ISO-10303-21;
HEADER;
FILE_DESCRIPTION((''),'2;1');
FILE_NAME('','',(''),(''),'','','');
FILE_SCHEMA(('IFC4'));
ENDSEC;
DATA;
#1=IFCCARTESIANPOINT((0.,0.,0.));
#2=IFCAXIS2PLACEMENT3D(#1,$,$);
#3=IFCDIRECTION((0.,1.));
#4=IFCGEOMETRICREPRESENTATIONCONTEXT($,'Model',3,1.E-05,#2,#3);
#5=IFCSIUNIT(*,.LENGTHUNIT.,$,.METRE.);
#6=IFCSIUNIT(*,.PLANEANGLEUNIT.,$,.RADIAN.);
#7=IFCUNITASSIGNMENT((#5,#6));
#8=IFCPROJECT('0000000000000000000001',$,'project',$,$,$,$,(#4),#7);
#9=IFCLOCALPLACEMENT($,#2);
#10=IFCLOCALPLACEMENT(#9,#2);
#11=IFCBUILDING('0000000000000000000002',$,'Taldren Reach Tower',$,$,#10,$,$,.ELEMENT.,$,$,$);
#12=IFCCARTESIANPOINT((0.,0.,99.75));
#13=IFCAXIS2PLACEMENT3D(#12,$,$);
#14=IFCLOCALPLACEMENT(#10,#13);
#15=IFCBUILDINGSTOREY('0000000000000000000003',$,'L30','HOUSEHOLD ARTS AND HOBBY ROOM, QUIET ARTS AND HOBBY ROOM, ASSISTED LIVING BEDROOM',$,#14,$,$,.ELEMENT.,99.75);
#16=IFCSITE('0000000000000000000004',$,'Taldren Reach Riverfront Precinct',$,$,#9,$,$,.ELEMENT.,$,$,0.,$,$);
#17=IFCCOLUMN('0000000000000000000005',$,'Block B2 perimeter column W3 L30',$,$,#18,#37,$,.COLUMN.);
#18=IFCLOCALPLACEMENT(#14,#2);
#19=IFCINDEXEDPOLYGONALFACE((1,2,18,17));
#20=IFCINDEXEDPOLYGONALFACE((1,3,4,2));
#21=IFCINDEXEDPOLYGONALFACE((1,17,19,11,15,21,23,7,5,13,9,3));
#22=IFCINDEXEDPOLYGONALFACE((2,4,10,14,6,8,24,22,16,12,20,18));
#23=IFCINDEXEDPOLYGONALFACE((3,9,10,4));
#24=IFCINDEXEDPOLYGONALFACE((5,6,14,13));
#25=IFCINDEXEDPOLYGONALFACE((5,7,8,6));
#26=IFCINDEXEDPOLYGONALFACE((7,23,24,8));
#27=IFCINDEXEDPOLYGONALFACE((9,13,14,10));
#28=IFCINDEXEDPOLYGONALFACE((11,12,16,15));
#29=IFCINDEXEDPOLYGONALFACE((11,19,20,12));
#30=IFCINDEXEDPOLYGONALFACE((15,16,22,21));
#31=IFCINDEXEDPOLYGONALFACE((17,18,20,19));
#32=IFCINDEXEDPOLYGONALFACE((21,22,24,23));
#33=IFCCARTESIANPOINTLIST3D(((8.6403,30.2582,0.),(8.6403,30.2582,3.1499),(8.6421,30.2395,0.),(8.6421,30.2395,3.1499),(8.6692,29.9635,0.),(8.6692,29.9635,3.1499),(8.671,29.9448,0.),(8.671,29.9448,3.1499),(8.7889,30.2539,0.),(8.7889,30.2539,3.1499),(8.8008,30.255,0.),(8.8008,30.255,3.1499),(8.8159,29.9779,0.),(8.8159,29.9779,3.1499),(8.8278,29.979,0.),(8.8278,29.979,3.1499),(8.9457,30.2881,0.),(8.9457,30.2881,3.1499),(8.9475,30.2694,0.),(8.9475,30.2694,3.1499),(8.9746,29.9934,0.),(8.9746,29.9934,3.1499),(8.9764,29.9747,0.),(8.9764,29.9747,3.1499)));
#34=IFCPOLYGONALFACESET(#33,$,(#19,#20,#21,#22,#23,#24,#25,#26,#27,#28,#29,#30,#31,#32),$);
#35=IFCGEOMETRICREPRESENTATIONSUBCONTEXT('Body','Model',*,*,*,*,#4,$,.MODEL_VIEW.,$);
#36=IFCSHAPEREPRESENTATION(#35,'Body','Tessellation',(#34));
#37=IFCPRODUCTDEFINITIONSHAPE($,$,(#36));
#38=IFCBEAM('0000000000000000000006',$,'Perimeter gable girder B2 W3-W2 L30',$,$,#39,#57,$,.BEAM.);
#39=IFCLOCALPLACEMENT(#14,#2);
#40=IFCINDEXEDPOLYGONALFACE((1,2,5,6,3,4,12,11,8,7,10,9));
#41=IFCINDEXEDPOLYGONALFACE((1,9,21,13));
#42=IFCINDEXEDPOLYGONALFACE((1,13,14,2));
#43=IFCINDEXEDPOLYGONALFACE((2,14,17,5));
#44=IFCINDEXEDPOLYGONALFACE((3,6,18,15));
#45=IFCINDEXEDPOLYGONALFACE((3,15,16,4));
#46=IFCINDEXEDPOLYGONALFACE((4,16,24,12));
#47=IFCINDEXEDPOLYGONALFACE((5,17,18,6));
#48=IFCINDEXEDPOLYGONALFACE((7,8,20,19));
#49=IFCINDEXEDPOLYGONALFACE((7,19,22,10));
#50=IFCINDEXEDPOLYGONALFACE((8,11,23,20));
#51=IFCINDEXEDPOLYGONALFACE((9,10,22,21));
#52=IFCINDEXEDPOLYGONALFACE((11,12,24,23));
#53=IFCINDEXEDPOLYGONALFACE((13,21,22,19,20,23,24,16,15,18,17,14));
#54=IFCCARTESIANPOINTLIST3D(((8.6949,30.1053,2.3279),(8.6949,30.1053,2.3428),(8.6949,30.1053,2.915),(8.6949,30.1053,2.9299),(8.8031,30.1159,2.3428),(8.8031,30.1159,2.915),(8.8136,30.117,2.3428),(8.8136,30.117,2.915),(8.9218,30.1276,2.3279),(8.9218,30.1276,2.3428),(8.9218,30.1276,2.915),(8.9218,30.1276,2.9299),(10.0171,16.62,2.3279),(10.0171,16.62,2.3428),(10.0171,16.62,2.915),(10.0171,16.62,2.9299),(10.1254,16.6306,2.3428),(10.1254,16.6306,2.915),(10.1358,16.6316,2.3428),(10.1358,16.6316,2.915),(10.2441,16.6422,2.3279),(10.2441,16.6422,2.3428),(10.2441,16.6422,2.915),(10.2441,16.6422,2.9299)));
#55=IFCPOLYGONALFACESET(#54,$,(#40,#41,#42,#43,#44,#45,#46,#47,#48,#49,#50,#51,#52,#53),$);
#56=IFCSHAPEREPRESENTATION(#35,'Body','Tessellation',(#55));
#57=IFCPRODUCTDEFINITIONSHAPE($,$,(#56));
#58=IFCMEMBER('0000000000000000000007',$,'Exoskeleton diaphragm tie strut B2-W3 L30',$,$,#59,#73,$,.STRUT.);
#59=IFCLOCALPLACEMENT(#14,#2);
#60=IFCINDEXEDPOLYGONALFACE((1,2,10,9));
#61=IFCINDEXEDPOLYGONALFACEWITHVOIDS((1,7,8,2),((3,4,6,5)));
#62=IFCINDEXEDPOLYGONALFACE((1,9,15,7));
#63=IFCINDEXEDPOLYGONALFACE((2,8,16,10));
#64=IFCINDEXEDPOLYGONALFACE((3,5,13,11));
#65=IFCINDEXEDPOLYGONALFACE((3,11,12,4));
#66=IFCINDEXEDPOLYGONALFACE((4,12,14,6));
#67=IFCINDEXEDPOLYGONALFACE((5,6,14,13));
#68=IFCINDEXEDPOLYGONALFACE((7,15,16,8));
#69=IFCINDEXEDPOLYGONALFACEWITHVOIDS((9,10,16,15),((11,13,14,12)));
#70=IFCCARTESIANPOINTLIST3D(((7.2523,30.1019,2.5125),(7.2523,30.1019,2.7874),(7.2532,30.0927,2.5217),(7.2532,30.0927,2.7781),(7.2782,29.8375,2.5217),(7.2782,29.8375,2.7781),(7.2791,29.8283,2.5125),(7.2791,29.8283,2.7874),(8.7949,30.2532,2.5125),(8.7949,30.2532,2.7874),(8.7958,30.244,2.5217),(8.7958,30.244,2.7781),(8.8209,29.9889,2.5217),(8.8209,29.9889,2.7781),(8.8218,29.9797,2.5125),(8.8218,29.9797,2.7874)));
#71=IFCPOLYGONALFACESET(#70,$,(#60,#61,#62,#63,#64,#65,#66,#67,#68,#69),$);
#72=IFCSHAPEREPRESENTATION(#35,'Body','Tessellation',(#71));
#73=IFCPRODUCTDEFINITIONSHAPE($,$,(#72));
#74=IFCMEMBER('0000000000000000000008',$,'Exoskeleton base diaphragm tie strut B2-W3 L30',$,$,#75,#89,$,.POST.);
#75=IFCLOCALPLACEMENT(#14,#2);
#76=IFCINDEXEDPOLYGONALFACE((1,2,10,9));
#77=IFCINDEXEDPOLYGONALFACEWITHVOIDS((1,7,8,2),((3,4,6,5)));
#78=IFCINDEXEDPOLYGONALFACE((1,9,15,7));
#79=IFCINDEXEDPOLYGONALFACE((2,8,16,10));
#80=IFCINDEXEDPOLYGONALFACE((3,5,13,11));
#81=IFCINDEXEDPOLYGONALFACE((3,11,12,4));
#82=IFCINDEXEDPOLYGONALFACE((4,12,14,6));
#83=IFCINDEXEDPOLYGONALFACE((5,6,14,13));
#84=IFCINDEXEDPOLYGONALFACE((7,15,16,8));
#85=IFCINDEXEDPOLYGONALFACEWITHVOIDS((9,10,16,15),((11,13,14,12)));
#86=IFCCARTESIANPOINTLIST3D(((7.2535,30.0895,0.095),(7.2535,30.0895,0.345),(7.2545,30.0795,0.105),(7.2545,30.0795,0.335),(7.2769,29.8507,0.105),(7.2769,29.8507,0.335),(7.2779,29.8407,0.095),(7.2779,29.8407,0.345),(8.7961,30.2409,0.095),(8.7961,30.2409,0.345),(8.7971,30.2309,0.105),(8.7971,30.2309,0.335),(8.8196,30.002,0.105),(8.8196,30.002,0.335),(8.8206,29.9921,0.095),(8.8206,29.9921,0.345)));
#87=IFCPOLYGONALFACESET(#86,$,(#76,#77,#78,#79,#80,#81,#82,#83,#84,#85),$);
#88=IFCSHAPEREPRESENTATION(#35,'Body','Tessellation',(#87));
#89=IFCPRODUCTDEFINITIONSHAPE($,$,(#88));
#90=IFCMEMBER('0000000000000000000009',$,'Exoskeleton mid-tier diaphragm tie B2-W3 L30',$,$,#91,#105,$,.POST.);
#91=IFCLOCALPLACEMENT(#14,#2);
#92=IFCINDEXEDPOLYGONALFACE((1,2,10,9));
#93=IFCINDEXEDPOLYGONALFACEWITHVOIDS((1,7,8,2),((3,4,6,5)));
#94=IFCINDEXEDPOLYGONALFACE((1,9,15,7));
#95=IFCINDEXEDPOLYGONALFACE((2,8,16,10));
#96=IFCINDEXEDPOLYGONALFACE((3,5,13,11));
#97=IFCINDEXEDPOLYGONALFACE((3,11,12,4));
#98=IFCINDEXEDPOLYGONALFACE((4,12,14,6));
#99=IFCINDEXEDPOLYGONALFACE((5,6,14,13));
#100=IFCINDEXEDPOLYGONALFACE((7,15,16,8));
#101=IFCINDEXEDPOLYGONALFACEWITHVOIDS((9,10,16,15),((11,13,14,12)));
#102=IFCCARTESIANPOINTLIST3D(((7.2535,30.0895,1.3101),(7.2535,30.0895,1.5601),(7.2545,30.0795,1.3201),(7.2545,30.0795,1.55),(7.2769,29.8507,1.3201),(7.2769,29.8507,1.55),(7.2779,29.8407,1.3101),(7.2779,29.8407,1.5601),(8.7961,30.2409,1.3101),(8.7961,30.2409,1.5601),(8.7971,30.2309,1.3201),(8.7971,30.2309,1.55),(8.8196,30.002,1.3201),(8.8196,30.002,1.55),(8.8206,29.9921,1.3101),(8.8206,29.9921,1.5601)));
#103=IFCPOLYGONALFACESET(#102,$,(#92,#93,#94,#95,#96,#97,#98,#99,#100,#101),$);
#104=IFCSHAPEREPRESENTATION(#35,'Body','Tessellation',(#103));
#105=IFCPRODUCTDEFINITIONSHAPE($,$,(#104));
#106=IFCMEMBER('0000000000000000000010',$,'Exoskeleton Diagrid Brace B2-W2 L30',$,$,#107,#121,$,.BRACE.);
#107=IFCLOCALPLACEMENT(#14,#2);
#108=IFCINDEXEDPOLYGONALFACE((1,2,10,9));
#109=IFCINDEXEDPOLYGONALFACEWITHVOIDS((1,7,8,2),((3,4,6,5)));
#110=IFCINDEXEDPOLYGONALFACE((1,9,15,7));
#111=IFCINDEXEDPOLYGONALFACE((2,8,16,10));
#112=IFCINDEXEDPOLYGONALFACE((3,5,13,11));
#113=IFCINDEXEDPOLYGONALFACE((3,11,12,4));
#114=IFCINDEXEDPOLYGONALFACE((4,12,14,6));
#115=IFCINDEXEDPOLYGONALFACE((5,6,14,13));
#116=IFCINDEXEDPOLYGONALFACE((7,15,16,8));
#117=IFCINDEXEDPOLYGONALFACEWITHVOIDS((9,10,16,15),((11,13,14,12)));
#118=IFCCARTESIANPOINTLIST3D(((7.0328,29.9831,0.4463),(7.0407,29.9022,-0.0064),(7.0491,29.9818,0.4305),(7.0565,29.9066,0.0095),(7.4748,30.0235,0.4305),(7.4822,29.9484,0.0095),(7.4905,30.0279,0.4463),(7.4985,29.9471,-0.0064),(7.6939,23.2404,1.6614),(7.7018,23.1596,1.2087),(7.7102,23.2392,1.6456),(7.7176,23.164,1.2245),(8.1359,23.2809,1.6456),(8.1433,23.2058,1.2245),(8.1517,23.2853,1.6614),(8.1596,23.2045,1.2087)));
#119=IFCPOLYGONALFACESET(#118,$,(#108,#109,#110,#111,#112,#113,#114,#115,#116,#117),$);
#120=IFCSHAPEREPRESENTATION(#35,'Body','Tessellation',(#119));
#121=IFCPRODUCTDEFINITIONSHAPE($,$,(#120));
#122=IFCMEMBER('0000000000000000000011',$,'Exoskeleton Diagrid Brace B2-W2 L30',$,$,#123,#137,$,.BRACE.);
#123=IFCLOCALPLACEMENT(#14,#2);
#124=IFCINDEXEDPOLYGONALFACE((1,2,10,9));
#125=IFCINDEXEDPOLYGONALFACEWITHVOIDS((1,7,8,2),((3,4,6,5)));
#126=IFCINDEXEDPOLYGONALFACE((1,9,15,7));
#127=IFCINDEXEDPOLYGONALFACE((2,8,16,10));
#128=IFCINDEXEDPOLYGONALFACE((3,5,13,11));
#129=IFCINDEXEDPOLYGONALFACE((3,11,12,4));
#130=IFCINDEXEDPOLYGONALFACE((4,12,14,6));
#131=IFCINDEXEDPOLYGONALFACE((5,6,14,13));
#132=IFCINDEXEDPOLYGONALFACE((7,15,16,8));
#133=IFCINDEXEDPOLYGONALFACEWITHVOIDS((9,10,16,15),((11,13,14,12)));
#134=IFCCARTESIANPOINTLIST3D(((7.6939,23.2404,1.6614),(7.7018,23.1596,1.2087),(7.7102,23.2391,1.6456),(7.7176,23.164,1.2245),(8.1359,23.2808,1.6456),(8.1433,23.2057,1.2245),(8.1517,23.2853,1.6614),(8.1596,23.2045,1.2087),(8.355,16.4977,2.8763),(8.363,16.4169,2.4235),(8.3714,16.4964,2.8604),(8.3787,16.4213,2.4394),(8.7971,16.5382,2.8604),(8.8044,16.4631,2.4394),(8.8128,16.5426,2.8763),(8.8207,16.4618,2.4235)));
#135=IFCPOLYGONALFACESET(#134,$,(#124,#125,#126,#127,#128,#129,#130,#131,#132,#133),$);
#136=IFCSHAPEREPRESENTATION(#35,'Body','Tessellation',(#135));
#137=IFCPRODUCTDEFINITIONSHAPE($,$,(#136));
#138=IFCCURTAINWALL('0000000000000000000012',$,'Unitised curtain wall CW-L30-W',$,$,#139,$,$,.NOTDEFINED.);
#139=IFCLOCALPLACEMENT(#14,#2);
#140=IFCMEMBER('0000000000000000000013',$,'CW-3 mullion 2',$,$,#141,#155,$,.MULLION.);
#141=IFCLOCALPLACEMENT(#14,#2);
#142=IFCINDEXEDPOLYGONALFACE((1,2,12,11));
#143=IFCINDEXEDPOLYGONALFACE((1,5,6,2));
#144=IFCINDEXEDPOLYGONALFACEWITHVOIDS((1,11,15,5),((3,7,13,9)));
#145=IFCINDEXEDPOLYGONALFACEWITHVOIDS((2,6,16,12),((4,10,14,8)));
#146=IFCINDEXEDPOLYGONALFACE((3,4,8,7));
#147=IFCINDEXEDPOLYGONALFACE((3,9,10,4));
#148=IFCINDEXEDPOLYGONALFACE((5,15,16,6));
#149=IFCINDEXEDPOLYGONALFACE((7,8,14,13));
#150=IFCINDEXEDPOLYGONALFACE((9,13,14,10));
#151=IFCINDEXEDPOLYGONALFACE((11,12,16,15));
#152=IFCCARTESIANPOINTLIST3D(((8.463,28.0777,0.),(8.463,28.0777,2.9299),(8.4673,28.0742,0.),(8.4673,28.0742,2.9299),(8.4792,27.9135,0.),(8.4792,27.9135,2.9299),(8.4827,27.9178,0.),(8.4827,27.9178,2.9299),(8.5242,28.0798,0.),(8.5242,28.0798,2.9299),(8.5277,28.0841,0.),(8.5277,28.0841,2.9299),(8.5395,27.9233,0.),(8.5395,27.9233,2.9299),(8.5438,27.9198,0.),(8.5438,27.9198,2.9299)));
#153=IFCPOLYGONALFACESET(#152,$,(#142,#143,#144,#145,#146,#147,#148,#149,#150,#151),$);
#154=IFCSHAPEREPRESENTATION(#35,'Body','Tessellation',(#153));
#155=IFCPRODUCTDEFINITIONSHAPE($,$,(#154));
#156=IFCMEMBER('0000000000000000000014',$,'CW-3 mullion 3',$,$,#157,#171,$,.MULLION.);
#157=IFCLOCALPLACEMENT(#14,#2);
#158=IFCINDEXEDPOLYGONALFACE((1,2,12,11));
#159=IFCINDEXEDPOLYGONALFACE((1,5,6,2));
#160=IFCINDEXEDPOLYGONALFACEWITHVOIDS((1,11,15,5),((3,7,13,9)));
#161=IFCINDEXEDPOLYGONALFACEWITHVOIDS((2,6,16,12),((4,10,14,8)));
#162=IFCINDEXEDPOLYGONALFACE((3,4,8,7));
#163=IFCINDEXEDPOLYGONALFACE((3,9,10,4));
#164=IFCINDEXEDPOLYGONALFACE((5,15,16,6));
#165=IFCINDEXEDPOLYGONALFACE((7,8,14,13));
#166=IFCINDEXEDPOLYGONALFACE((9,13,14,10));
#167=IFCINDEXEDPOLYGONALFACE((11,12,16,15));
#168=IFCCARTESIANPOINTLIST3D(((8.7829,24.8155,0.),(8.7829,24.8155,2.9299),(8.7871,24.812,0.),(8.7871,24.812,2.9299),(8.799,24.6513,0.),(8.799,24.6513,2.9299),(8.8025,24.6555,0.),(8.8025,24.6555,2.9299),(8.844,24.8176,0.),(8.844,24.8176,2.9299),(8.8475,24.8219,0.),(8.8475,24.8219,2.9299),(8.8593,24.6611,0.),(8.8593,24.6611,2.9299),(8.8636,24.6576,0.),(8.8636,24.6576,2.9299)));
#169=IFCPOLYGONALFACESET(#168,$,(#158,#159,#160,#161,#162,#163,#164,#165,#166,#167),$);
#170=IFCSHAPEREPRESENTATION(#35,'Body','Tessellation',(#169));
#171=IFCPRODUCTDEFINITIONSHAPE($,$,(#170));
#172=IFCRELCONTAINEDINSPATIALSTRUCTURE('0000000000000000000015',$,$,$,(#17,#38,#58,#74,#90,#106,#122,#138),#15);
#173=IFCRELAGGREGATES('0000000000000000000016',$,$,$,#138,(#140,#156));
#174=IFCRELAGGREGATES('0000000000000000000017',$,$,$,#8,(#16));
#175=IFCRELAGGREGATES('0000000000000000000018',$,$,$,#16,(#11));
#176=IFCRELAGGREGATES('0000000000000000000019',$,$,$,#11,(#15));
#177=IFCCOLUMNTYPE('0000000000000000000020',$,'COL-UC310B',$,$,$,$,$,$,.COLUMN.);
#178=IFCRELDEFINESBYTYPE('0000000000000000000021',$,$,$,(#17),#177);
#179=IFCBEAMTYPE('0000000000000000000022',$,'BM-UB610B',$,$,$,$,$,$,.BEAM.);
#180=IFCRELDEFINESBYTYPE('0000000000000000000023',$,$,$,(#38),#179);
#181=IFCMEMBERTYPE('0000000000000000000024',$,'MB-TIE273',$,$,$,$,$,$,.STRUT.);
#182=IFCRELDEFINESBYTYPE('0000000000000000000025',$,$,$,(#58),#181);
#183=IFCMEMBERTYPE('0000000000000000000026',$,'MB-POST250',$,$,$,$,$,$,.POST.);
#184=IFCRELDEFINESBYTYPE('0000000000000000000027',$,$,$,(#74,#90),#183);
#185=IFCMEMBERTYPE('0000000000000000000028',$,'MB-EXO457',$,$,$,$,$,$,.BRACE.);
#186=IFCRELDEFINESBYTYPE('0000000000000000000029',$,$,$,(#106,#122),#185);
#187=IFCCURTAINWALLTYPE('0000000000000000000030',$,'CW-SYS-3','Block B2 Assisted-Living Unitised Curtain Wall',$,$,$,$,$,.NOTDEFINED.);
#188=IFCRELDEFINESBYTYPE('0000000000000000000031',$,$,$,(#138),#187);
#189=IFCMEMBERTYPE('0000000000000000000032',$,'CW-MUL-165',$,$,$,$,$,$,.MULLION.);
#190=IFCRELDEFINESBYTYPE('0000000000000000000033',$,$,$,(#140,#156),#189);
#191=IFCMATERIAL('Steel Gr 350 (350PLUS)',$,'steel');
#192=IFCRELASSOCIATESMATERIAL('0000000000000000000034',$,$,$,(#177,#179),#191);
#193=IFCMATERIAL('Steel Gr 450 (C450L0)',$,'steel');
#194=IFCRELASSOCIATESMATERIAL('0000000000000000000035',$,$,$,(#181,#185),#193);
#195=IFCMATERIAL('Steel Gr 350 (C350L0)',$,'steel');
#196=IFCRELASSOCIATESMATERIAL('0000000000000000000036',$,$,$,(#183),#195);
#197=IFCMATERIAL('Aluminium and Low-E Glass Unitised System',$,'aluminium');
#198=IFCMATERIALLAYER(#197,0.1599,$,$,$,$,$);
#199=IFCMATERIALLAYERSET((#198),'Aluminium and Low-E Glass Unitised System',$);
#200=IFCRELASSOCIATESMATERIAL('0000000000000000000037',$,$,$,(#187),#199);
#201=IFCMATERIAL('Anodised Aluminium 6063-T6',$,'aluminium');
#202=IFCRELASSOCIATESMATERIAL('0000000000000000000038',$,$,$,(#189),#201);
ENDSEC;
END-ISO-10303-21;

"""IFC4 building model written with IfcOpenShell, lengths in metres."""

from ifc_helpers import new_model, si_unit, direction, frame, origin, origin_2d, place, context, subcontext, project, spatial, hollow_rectangle, i_section, extrude, source, transform, mapped, material, layer, layer_set, material_profile, profile_set, type_object, element, aggregate, save


model = new_model("IFC4")

# Units and contexts
model_context = context("Model", 3, precision=1e-05, world=origin(), true_north=direction((0.0, 1.0)))
body_context = subcontext(model_context, "Body", "Model", "MODEL_VIEW")
ifc_project = project(units=[si_unit("LENGTHUNIT", "METRE"), si_unit("PLANEANGLEUNIT", "RADIAN")], contexts=[model_context])

# Site, building, storey
site_placement = place(None, origin())
site = spatial("IfcSite", under=ifc_project, at=site_placement, Name="Taldren Reach Riverfront Precinct", CompositionType="ELEMENT", RefElevation=0.0)
building_placement = place(site_placement, origin())
building = spatial("IfcBuilding", under=site, at=building_placement, Name="Taldren Reach Tower", CompositionType="ELEMENT")
storey_placement = place(building_placement, frame((0.0, 0.0, 99.75)))
storey = spatial("IfcBuildingStorey", under=building, at=storey_placement, Name="L30", Description="HOUSEHOLD ARTS AND HOBBY ROOM, QUIET ARTS AND HOBBY ROOM, ASSISTED LIVING BEDROOM", CompositionType="ELEMENT", Elevation=99.75)

# Column
ifc_material_1 = material(Name="Steel Gr 350 (350PLUS)", Category="steel")
ifc_material_profile_1 = material_profile(ifc_material_1, i_section(OverallWidth=0.3069, OverallDepth=0.3149, WebThickness=0.012, FlangeThickness=0.0188, at=origin_2d()), Name="310UC118")
ifc_profile_set_1 = profile_set([ifc_material_profile_1], Name="Steel Gr 350 (350PLUS)")
column_type = type_object("IfcColumnType", Name="COL-UC310B", PredefinedType="COLUMN", material=ifc_profile_set_1)
shared_shape_1 = source(origin(), body_context, "Body", "SweptSolid", [
    extrude(i_section(OverallWidth=0.3069, OverallDepth=0.3149, WebThickness=0.012, FlangeThickness=0.0188, at=origin_2d()), origin(), (0.0, 0.0, 1.0), 3.1499),
])
column_placement = place(storey_placement, frame((8.8083, 30.1165, 0.0), z_axis=(0.0, 0.0, 1.0), x_axis=(0.995227, 0.097583, 0.0)))
element("IfcColumn", 1, at=column_placement, inside=storey, type_object=column_type, Name="Block B2 perimeter column W3 L30", PredefinedType="COLUMN", context=body_context, shape_type="MappedRepresentation", body=[
    mapped(shared_shape_1, transform((0.0, 0.0, 0.0), scale=1.0)),
])

# Beam
ifc_material_profile_2 = material_profile(ifc_material_1, i_section(OverallWidth=0.228, OverallDepth=0.6021, WebThickness=0.0105, FlangeThickness=0.0149, at=origin_2d()), Name="610UB101")
ifc_profile_set_2 = profile_set([ifc_material_profile_2], Name="Steel Gr 350 (350PLUS)")
beam_type = type_object("IfcBeamType", Name="BM-UB610B", PredefinedType="BEAM", material=ifc_profile_set_2)
shared_shape_2 = source(origin(), body_context, "Body", "SweptSolid", [
    extrude(i_section(OverallWidth=0.228, OverallDepth=0.6021, WebThickness=0.0105, FlangeThickness=0.0149, at=origin_2d()), origin(), (0.0, 0.0, 1.0), 13.55),
])
beam_placement = place(storey_placement, frame((8.8083, 30.1165, 2.6289), z_axis=(0.097584, -0.995227, 0.0), x_axis=(0.995227, 0.097584, 0.0)))
element("IfcBeam", 2, at=beam_placement, inside=storey, type_object=beam_type, Name="Perimeter gable girder B2 W3-W2 L30", PredefinedType="BEAM", context=body_context, shape_type="MappedRepresentation", body=[
    mapped(shared_shape_2, transform((0.0, 0.0, 0.0), scale=1.0)),
])

# Members
ifc_material_2 = material(Name="Steel Gr 450 (C450L0)", Category="steel")
ifc_material_profile_3 = material_profile(ifc_material_2, hollow_rectangle(XDim=0.2749, YDim=0.2749, WallThickness=0.0093, at=origin_2d()), Name="275x275x9.3SHS")
ifc_profile_set_3 = profile_set([ifc_material_profile_3], Name="Steel Gr 450 (C450L0)")
member_type_1 = type_object("IfcMemberType", Name="MB-TIE273", PredefinedType="STRUT", material=ifc_profile_set_3)
shared_shape_3 = source(origin(), body_context, "Body", "SweptSolid", [
    extrude(hollow_rectangle(XDim=0.2749, YDim=0.2749, WallThickness=0.0093, at=origin_2d()), origin(), (0.0, 0.0, 1.0), 1.55),
])
member_1_placement = place(storey_placement, frame((8.8083, 30.1165, 2.6499), z_axis=(-0.995221, -0.097648, 0.0), x_axis=(0.097648, -0.995221, 0.0)))
element("IfcMember", 3, at=member_1_placement, inside=storey, type_object=member_type_1, Name="Exoskeleton diaphragm tie strut B2-W3 L30", PredefinedType="STRUT", context=body_context, shape_type="MappedRepresentation", body=[
    mapped(shared_shape_3, transform((0.0, 0.0, 0.0), scale=1.0)),
])
ifc_material_3 = material(Name="Steel Gr 350 (C350L0)", Category="steel")
ifc_material_profile_4 = material_profile(ifc_material_3, hollow_rectangle(XDim=0.25, YDim=0.25, WallThickness=0.01, at=origin_2d()), Name="250x250x10.0SHS")
ifc_profile_set_4 = profile_set([ifc_material_profile_4], Name="Steel Gr 350 (C350L0)")
member_type_2 = type_object("IfcMemberType", Name="MB-POST250", PredefinedType="POST", material=ifc_profile_set_4)
shared_shape_4 = source(origin(), body_context, "Body", "SweptSolid", [
    extrude(hollow_rectangle(XDim=0.25, YDim=0.25, WallThickness=0.01, at=origin_2d()), origin(), (0.0, 0.0, 1.0), 1.55),
])
for number, where, z_axis, x_axis, name in (
    (4, (8.8083, 30.1165, 0.22), (-0.995221, -0.097648, 0.0), (0.097648, -0.995221, 0.0), "Exoskeleton base diaphragm tie strut B2-W3 L30"),
    (5, (8.8083, 30.1165, 1.4351), (-0.995221, -0.097648, 0.0), (0.097648, -0.995221, 0.0), "Exoskeleton mid-tier diaphragm tie B2-W3 L30"),
):
    element("IfcMember", number, at=place(storey_placement, frame(where, z_axis=z_axis, x_axis=x_axis)), inside=storey, type_object=member_type_2, Name=name, PredefinedType="POST", context=body_context, shape_type="MappedRepresentation", body=[
        mapped(shared_shape_4, transform((0.0, 0.0, 0.0), scale=1.0)),
    ])
ifc_material_profile_5 = material_profile(ifc_material_2, hollow_rectangle(XDim=0.46, YDim=0.46, WallThickness=0.0161, at=origin_2d()), Name="460x460x16.0SHS")
ifc_profile_set_5 = profile_set([ifc_material_profile_5], Name="Steel Gr 450 (C450L0)")
member_type_3 = type_object("IfcMemberType", Name="MB-EXO457", PredefinedType="BRACE", material=ifc_profile_set_5)
shared_shape_5 = source(origin(), body_context, "Body", "SweptSolid", [
    extrude(hollow_rectangle(XDim=0.46, YDim=0.46, WallThickness=0.0161, at=origin_2d()), origin(), (0.0, 0.0, 1.0), 6.8831),
])
for number, where, z_axis, x_axis, name in (
    (6, (7.2656, 29.9651, 0.22), (0.096051, -0.979597, 0.176532), (0.995227, 0.097584, 0.0), "Exoskeleton Diagrid Brace B2-W2 L30"),
    (7, (7.9268, 23.2224, 1.4351), (0.096052, -0.979603, 0.176497), (0.995227, 0.097584, 0.0), "Exoskeleton Diagrid Brace B2-W2 L30"),
):
    element("IfcMember", number, at=place(storey_placement, frame(where, z_axis=z_axis, x_axis=x_axis)), inside=storey, type_object=member_type_3, Name=name, PredefinedType="BRACE", context=body_context, shape_type="MappedRepresentation", body=[
        mapped(shared_shape_5, transform((0.0, 0.0, 0.0), scale=1.0)),
    ])

# Curtain wall, members
ifc_material_4 = material(Name="Aluminium and Low-E Glass Unitised System", Category="aluminium")
ifc_layer_1 = layer(ifc_material_4, 0.1599)
ifc_layer_set_1 = layer_set([ifc_layer_1], Name="Aluminium and Low-E Glass Unitised System")
curtain_wall_type = type_object("IfcCurtainWallType", Name="CW-SYS-3", Description="Block B2 Assisted-Living Unitised Curtain Wall", PredefinedType="NOTDEFINED", material=ifc_layer_set_1)
curtain_wall_placement = place(storey_placement, origin())
curtain_wall = element("IfcCurtainWall", 8, at=curtain_wall_placement, inside=storey, type_object=curtain_wall_type, Name="Unitised curtain wall CW-L30-W", PredefinedType="NOTDEFINED")
ifc_material_5 = material(Name="Anodised Aluminium 6063-T6", Category="aluminium")
ifc_material_profile_6 = material_profile(ifc_material_5, hollow_rectangle(XDim=0.0649, YDim=0.165, WallThickness=0.0039, at=origin_2d()), Name="ALU-165x65x4RHS")
ifc_profile_set_6 = profile_set([ifc_material_profile_6], Name="Anodised Aluminium 6063-T6")
member_type_4 = type_object("IfcMemberType", Name="CW-MUL-165", PredefinedType="MULLION", material=ifc_profile_set_6)
shared_shape_6 = source(origin(), body_context, "Body", "SweptSolid", [
    extrude(hollow_rectangle(XDim=0.0649, YDim=0.165, WallThickness=0.0039, at=origin_2d()), origin(), (0.0, 0.0, 1.0), 2.9299),
])
member_2_placement = place(storey_placement, frame((8.5034, 27.9988, 0.0), z_axis=(0.0, 0.0, 1.0), x_axis=(0.995227, 0.097583, 0.0)))
member_2 = element("IfcMember", 9, at=member_2_placement, type_object=member_type_4, Name="CW-3 mullion 2", PredefinedType="MULLION", context=body_context, shape_type="MappedRepresentation", body=[
    mapped(shared_shape_6, transform((0.0, 0.0, 0.0), scale=1.0)),
])
member_3_placement = place(storey_placement, frame((8.8232, 24.7366, 0.0), z_axis=(0.0, 0.0, 1.0), x_axis=(0.995227, 0.097583, 0.0)))
member_3 = element("IfcMember", 10, at=member_3_placement, type_object=member_type_4, Name="CW-3 mullion 3", PredefinedType="MULLION", context=body_context, shape_type="MappedRepresentation", body=[
    mapped(shared_shape_6, transform((0.0, 0.0, 0.0), scale=1.0)),
])

aggregate(curtain_wall, [member_2, member_3])

save(model, "model.ifc")
